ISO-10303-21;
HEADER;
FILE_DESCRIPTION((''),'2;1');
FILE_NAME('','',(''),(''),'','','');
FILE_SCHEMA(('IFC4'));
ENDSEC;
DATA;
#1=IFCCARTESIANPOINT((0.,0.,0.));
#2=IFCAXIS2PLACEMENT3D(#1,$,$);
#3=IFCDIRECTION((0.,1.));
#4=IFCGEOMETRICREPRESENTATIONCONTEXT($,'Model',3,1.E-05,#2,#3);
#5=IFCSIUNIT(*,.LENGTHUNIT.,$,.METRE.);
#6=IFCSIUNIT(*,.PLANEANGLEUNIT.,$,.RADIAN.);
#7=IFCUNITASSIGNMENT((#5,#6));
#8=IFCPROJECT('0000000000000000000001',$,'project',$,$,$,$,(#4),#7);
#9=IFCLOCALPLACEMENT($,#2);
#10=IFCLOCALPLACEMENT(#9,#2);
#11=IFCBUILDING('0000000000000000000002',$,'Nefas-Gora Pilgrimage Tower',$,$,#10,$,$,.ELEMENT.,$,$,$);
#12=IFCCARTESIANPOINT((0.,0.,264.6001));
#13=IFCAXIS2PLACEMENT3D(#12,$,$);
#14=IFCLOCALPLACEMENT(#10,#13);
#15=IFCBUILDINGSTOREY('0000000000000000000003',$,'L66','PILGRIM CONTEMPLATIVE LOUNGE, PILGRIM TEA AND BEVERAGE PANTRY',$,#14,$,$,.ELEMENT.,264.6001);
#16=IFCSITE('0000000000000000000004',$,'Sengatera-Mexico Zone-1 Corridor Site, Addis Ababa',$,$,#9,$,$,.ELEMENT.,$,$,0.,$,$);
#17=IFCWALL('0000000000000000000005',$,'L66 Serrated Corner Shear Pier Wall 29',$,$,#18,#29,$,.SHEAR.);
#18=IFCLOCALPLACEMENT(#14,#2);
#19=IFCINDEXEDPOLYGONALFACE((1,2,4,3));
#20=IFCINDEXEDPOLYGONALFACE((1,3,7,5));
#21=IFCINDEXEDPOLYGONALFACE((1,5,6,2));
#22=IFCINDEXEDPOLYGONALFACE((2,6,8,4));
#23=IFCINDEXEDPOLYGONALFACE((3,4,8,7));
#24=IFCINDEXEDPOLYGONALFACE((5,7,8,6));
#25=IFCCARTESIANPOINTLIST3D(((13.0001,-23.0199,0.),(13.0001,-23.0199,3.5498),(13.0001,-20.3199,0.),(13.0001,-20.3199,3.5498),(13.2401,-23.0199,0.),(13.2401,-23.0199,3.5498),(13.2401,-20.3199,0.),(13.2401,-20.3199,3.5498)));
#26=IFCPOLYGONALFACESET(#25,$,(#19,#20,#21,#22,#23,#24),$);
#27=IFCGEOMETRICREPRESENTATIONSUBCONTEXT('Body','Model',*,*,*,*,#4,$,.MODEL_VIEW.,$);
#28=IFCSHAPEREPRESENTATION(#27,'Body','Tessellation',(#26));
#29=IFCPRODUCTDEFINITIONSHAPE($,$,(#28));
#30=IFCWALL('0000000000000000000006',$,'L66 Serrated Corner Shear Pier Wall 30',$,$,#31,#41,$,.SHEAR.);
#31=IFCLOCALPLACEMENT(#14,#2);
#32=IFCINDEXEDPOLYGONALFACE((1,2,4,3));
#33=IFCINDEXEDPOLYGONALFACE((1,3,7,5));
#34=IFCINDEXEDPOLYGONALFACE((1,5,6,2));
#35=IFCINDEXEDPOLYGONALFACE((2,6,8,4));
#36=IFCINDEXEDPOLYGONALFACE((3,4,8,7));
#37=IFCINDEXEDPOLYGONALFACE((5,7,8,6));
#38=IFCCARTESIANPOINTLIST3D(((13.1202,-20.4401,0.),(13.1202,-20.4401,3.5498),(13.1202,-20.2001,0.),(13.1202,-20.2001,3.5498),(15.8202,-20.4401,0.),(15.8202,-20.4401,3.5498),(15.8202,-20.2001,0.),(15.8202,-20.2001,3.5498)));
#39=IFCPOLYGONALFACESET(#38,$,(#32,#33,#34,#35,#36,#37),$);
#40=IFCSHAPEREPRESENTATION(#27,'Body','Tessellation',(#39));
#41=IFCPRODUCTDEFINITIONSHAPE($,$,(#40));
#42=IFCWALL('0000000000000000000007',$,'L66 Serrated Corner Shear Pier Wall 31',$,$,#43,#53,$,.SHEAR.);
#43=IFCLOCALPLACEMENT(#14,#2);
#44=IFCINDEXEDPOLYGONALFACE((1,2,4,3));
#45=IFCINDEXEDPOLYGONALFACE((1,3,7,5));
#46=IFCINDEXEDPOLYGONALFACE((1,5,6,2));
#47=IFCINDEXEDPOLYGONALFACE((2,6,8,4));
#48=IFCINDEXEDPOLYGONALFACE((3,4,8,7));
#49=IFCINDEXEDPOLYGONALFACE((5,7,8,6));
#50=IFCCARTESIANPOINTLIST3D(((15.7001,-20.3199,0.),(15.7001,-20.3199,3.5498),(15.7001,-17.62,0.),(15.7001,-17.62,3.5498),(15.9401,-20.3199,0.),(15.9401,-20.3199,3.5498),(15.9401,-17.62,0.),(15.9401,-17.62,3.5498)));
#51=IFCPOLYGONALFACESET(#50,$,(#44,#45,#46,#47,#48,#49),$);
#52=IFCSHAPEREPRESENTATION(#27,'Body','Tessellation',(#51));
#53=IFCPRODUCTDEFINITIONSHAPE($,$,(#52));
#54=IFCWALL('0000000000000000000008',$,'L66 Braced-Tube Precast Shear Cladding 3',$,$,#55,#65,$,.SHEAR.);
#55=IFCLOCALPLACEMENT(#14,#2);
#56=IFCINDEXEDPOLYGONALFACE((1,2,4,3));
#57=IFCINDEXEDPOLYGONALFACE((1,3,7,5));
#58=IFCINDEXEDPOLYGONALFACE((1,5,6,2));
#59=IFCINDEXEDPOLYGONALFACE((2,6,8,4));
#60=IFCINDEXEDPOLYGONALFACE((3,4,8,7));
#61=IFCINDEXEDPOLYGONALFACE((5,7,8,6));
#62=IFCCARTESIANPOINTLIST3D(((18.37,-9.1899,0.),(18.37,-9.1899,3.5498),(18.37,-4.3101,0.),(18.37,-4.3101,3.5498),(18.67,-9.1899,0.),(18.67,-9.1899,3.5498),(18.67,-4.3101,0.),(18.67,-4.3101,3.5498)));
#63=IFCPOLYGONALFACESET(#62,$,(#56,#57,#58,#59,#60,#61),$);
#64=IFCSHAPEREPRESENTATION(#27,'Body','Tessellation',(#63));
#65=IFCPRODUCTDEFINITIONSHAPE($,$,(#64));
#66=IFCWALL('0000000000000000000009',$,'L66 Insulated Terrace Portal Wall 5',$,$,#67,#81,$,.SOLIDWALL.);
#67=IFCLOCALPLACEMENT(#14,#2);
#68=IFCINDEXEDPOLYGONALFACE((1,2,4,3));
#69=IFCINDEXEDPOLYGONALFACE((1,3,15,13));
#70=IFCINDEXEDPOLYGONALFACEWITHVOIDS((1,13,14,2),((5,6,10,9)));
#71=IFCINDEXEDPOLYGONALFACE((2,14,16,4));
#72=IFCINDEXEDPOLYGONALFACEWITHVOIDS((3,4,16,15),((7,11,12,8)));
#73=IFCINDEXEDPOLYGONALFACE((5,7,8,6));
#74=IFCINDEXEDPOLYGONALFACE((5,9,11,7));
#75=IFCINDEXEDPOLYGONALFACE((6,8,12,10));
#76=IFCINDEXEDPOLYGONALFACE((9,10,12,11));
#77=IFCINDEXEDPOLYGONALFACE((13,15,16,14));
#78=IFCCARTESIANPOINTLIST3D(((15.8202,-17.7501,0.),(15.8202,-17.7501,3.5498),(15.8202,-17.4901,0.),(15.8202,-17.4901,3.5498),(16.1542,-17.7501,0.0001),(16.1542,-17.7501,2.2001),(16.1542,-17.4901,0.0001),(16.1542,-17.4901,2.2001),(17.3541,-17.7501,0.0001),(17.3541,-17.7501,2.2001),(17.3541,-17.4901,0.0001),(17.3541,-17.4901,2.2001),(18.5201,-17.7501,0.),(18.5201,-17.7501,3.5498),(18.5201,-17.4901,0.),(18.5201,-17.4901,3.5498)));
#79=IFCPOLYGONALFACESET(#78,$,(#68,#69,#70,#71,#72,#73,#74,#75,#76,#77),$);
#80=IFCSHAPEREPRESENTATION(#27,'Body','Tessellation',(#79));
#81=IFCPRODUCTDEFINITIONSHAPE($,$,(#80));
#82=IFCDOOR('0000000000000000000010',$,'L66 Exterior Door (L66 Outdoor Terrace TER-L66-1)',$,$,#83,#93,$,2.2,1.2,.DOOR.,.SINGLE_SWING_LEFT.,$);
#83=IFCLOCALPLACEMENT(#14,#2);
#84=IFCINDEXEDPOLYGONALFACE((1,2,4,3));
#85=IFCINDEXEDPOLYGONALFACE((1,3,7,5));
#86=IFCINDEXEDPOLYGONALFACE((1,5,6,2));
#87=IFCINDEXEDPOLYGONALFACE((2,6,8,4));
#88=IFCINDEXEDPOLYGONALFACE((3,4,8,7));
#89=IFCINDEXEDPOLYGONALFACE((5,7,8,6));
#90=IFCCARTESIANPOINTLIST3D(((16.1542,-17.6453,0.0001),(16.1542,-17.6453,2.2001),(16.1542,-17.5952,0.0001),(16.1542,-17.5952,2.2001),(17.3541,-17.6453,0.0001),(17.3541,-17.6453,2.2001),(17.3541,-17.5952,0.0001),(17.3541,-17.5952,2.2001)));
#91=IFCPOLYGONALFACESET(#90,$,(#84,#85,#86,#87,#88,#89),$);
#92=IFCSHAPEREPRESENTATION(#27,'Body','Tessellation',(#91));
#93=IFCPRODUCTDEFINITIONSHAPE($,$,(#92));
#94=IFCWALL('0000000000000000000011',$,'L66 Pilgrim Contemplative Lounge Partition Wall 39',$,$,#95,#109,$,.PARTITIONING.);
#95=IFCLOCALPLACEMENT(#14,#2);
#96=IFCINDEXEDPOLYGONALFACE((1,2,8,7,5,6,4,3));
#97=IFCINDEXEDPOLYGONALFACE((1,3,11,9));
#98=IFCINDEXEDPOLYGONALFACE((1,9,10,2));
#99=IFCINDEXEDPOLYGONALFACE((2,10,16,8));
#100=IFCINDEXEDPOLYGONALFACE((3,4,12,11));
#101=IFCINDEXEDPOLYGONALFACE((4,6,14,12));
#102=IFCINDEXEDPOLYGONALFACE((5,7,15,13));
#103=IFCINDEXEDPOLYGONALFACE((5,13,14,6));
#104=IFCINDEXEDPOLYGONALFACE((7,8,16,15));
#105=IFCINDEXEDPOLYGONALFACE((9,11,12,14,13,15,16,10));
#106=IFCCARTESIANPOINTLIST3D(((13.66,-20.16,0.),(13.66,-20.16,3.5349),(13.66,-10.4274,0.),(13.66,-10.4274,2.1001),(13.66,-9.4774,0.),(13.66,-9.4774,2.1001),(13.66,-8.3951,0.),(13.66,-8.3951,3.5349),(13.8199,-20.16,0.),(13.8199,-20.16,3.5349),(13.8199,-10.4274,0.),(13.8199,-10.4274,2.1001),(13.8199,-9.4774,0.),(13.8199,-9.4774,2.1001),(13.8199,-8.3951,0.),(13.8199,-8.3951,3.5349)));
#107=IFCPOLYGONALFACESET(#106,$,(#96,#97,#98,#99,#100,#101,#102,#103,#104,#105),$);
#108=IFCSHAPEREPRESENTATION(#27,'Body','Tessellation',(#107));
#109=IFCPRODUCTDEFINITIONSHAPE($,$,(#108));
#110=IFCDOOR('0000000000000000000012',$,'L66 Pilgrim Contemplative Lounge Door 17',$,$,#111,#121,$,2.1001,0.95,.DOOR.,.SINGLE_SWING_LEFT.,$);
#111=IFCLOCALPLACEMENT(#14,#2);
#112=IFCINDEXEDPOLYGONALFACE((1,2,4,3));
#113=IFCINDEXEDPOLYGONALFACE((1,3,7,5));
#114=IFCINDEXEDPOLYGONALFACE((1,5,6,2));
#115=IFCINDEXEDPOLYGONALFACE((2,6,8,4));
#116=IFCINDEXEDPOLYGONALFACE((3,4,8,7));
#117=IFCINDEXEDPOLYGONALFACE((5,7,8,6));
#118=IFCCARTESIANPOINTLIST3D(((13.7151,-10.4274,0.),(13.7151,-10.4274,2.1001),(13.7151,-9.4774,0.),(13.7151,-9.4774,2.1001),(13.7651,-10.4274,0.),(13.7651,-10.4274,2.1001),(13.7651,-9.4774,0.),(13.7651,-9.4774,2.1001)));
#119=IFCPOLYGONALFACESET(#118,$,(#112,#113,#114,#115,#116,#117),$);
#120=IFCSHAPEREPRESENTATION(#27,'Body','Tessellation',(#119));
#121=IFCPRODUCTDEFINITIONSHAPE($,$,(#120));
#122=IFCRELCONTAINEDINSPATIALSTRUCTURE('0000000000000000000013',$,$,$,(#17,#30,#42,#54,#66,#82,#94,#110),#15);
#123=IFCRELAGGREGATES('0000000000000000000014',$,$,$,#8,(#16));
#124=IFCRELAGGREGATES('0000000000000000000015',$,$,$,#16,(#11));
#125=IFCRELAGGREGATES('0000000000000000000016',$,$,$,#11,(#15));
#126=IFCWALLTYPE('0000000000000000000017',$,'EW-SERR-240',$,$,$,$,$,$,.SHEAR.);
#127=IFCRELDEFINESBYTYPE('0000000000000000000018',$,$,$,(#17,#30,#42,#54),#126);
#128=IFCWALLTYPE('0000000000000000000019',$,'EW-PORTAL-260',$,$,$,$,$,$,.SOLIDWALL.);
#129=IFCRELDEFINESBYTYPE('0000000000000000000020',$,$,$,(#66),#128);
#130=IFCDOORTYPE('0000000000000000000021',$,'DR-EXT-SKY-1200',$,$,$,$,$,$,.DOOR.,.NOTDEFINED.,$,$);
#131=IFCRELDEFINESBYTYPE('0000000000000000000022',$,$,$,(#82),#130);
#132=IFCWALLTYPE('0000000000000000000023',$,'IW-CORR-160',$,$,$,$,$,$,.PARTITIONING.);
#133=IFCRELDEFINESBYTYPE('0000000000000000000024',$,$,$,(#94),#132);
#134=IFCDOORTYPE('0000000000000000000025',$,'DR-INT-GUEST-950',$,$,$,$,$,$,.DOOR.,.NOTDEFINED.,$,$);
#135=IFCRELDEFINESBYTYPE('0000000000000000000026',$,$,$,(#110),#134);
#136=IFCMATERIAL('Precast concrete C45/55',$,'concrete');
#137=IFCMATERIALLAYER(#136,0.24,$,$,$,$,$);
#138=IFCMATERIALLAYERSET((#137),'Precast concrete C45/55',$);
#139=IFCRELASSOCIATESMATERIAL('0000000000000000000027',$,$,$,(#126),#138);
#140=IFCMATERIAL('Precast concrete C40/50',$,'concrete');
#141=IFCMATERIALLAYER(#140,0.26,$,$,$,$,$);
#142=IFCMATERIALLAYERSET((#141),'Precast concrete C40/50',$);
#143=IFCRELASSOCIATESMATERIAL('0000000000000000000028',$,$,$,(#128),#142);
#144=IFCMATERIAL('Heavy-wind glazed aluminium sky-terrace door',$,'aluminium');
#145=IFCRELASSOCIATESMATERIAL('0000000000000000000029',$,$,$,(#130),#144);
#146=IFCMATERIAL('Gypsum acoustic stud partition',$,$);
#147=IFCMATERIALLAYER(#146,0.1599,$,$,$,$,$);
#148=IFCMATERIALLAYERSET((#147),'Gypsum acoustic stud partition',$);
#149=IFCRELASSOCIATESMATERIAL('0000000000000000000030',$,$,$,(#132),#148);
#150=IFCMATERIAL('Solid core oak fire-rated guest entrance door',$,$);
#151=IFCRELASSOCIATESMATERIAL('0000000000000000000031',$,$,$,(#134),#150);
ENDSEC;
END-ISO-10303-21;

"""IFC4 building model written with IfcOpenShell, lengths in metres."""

from ifc_helpers import new_model, si_unit, direction, frame, frame_2d, origin, place, context, subcontext, project, spatial, rectangle, extrude, source, transform, mapped, material, layer, layer_set, type_object, element, fill, save


model = new_model("IFC4")

# Units and contexts
model_context = context("Model", 3, precision=1e-05, world=origin(), true_north=direction((0.0, 1.0)))
body_context = subcontext(model_context, "Body", "Model", "MODEL_VIEW")
ifc_project = project(units=[si_unit("LENGTHUNIT", "METRE"), si_unit("PLANEANGLEUNIT", "RADIAN")], contexts=[model_context])

# Site, building, storey
site_placement = place(None, origin())
site = spatial("IfcSite", under=ifc_project, at=site_placement, Name="Sengatera-Mexico Zone-1 Corridor Site, Addis Ababa", CompositionType="ELEMENT", RefElevation=0.0)
building_placement = place(site_placement, origin())
building = spatial("IfcBuilding", under=site, at=building_placement, Name="Nefas-Gora Pilgrimage Tower", CompositionType="ELEMENT")
storey_placement = place(building_placement, frame((0.0, 0.0, 264.6001)))
storey = spatial("IfcBuildingStorey", under=building, at=storey_placement, Name="L66", Description="PILGRIM CONTEMPLATIVE LOUNGE, PILGRIM TEA AND BEVERAGE PANTRY", CompositionType="ELEMENT", Elevation=264.6001)

# Walls
ifc_material_1 = material(Name="Precast concrete C45/55", Category="concrete")
ifc_layer_1 = layer(ifc_material_1, 0.24)
ifc_layer_set_1 = layer_set([ifc_layer_1], Name="Precast concrete C45/55")
wall_type_1 = type_object("IfcWallType", Name="EW-SERR-240", PredefinedType="SHEAR", material=ifc_layer_set_1)
shared_shape_1 = source(origin(), body_context, "Body", "SweptSolid", [
    extrude(rectangle(XDim=2.7, YDim=0.24, at=frame_2d((1.3501, 0.0))), origin(), (0.0, 0.0, 1.0), 3.5498),
])
for number, where, z_axis, x_axis, name in (
    (1, (13.1201, -23.02, 0.0), (0.0, 0.0, 1.0), (0.0, 1.0, 0.0), "L66 Serrated Corner Shear Pier Wall 29"),
    (2, (13.1201, -20.3201, 0.0), (0.0, 0.0, 1.0), (1.0, 0.0, 0.0), "L66 Serrated Corner Shear Pier Wall 30"),
    (3, (15.8201, -20.3201, 0.0), (0.0, 0.0, 1.0), (0.0, 1.0, 0.0), "L66 Serrated Corner Shear Pier Wall 31"),
):
    element("IfcWall", number, at=place(storey_placement, frame(where, z_axis=z_axis, x_axis=x_axis)), inside=storey, type_object=wall_type_1, Name=name, PredefinedType="SHEAR", context=body_context, shape_type="MappedRepresentation", body=[
        mapped(shared_shape_1, transform((0.0, 0.0, 0.0), x_axis=(1.0, 0.0, 0.0), y_axis=(0.0, 1.0, 0.0), z_axis=(0.0, 0.0, 1.0), scale=1.0)),
    ])
shared_shape_2 = source(origin(), body_context, "Body", "SweptSolid", [
    extrude(rectangle(XDim=4.8799, YDim=0.3, at=frame_2d((2.4399, 0.0))), origin(), (0.0, 0.0, 1.0), 3.5498),
])
wall_1_placement = place(storey_placement, frame((18.52, -9.1899, 0.0), z_axis=(0.0, 0.0, 1.0), x_axis=(0.0, 1.0, 0.0)))
element("IfcWall", 4, at=wall_1_placement, inside=storey, type_object=wall_type_1, Name="L66 Braced-Tube Precast Shear Cladding 3", PredefinedType="SHEAR", context=body_context, shape_type="MappedRepresentation", body=[
    mapped(shared_shape_2, transform((0.0, 0.0, 0.0), x_axis=(1.0, 0.0, 0.0), y_axis=(0.0, 1.0, 0.0), z_axis=(0.0, 0.0, 1.0), scale=1.0)),
])

# Walls, openings, doors
ifc_material_2 = material(Name="Precast concrete C40/50", Category="concrete")
ifc_layer_2 = layer(ifc_material_2, 0.26)
ifc_layer_set_2 = layer_set([ifc_layer_2], Name="Precast concrete C40/50")
wall_type_2 = type_object("IfcWallType", Name="EW-PORTAL-260", PredefinedType="SOLIDWALL", material=ifc_layer_set_2)
shared_shape_3 = source(origin(), body_context, "Body", "SweptSolid", [
    extrude(rectangle(XDim=2.7, YDim=0.26, at=frame_2d((1.3501, 0.0))), origin(), (0.0, 0.0, 1.0), 3.5498),
])
wall_2_placement = place(storey_placement, frame((15.8201, -17.6201, 0.0), z_axis=(0.0, 0.0, 1.0), x_axis=(1.0, 0.0, 0.0)))
wall_2 = element("IfcWall", 5, at=wall_2_placement, inside=storey, type_object=wall_type_2, Name="L66 Insulated Terrace Portal Wall 5", PredefinedType="SOLIDWALL", context=body_context, shape_type="MappedRepresentation", body=[
    mapped(shared_shape_3, transform((0.0, 0.0, 0.0), x_axis=(1.0, 0.0, 0.0), y_axis=(0.0, 1.0, 0.0), z_axis=(0.0, 0.0, 1.0), scale=1.0)),
])
opening_1_placement = place(wall_2_placement, frame((0.334, 0.0, 0.0)))
opening_1 = element("IfcOpeningElement", 6, at=opening_1_placement, cuts=wall_2, PredefinedType="OPENING", context=body_context, shape_type="SweptSolid", body=[
    extrude(rectangle(XDim=1.2, YDim=2.2, at=frame_2d((0.6001, 1.1001))), frame((0.0, 0.1399, 0.0), z_axis=(0.0, -1.0, 0.0), x_axis=(1.0, 0.0, 0.0)), (0.0, 0.0, 1.0), 0.28),
])
ifc_material_3 = material(Name="Heavy-wind glazed aluminium sky-terrace door", Category="aluminium")
door_type_1 = type_object("IfcDoorType", Name="DR-EXT-SKY-1200", OperationType="NOTDEFINED", PredefinedType="DOOR", material=ifc_material_3)
shared_shape_4 = source(origin(), body_context, "Body", "SweptSolid", [
    extrude(rectangle(XDim=1.2, YDim=2.2, at=frame_2d((0.6001, 1.1001))), frame((0.0, 0.0249, 0.0), z_axis=(0.0, -1.0, 0.0), x_axis=(1.0, 0.0, 0.0)), (0.0, 0.0, 1.0), 0.05),
])
door_1_placement = place(opening_1_placement, origin())
door_1 = element("IfcDoor", 7, at=door_1_placement, inside=storey, type_object=door_type_1, Name="L66 Exterior Door (L66 Outdoor Terrace TER-L66-1)", OperationType="SINGLE_SWING_LEFT", OverallHeight=2.2, OverallWidth=1.2, PredefinedType="DOOR", context=body_context, shape_type="MappedRepresentation", body=[
    mapped(shared_shape_4, transform((0.0, 0.0, 0.0), x_axis=(1.0, 0.0, 0.0), y_axis=(0.0, 1.0, 0.0), z_axis=(0.0, 0.0, 1.0), scale=1.0)),
])
fill(opening_1, door_1)
ifc_material_4 = material(Name="Gypsum acoustic stud partition")
ifc_layer_3 = layer(ifc_material_4, 0.1599)
ifc_layer_set_3 = layer_set([ifc_layer_3], Name="Gypsum acoustic stud partition")
wall_type_3 = type_object("IfcWallType", Name="IW-CORR-160", PredefinedType="PARTITIONING", material=ifc_layer_set_3)
shared_shape_5 = source(origin(), body_context, "Body", "SweptSolid", [
    extrude(rectangle(XDim=11.7649, YDim=0.1599, at=frame_2d((5.8823, 0.0))), origin(), (0.0, 0.0, 1.0), 3.5349),
])
wall_3_placement = place(storey_placement, frame((13.74, -20.1599, 0.0), z_axis=(0.0, 0.0, 1.0), x_axis=(0.0, 1.0, 0.0)))
wall_3 = element("IfcWall", 8, at=wall_3_placement, inside=storey, type_object=wall_type_3, Name="L66 Pilgrim Contemplative Lounge Partition Wall 39", PredefinedType="PARTITIONING", context=body_context, shape_type="MappedRepresentation", body=[
    mapped(shared_shape_5, transform((0.0, 0.0, 0.0), x_axis=(1.0, 0.0, 0.0), y_axis=(0.0, 1.0, 0.0), z_axis=(0.0, 0.0, 1.0), scale=1.0)),
])
opening_2_placement = place(wall_3_placement, frame((9.7324, 0.0, 0.0)))
opening_2 = element("IfcOpeningElement", 9, at=opening_2_placement, cuts=wall_3, PredefinedType="OPENING", context=body_context, shape_type="SweptSolid", body=[
    extrude(rectangle(XDim=0.95, YDim=2.1001, at=frame_2d((0.4751, 1.05))), frame((0.0, 0.0898, 0.0), z_axis=(0.0, -1.0, 0.0), x_axis=(1.0, 0.0, 0.0)), (0.0, 0.0, 1.0), 0.1799),
])
ifc_material_5 = material(Name="Solid core oak fire-rated guest entrance door")
door_type_2 = type_object("IfcDoorType", Name="DR-INT-GUEST-950", OperationType="NOTDEFINED", PredefinedType="DOOR", material=ifc_material_5)
shared_shape_6 = source(origin(), body_context, "Body", "SweptSolid", [
    extrude(rectangle(XDim=0.95, YDim=2.1001, at=frame_2d((0.4751, 1.05))), frame((0.0, 0.0249, 0.0), z_axis=(0.0, -1.0, 0.0), x_axis=(1.0, 0.0, 0.0)), (0.0, 0.0, 1.0), 0.05),
])
door_2_placement = place(opening_2_placement, origin())
door_2 = element("IfcDoor", 10, at=door_2_placement, inside=storey, type_object=door_type_2, Name="L66 Pilgrim Contemplative Lounge Door 17", OperationType="SINGLE_SWING_LEFT", OverallHeight=2.1001, OverallWidth=0.95, PredefinedType="DOOR", context=body_context, shape_type="MappedRepresentation", body=[
    mapped(shared_shape_6, transform((0.0, 0.0, 0.0), x_axis=(1.0, 0.0, 0.0), y_axis=(0.0, 1.0, 0.0), z_axis=(0.0, 0.0, 1.0), scale=1.0)),
])
fill(opening_2, door_2)

save(model, "model.ifc")
